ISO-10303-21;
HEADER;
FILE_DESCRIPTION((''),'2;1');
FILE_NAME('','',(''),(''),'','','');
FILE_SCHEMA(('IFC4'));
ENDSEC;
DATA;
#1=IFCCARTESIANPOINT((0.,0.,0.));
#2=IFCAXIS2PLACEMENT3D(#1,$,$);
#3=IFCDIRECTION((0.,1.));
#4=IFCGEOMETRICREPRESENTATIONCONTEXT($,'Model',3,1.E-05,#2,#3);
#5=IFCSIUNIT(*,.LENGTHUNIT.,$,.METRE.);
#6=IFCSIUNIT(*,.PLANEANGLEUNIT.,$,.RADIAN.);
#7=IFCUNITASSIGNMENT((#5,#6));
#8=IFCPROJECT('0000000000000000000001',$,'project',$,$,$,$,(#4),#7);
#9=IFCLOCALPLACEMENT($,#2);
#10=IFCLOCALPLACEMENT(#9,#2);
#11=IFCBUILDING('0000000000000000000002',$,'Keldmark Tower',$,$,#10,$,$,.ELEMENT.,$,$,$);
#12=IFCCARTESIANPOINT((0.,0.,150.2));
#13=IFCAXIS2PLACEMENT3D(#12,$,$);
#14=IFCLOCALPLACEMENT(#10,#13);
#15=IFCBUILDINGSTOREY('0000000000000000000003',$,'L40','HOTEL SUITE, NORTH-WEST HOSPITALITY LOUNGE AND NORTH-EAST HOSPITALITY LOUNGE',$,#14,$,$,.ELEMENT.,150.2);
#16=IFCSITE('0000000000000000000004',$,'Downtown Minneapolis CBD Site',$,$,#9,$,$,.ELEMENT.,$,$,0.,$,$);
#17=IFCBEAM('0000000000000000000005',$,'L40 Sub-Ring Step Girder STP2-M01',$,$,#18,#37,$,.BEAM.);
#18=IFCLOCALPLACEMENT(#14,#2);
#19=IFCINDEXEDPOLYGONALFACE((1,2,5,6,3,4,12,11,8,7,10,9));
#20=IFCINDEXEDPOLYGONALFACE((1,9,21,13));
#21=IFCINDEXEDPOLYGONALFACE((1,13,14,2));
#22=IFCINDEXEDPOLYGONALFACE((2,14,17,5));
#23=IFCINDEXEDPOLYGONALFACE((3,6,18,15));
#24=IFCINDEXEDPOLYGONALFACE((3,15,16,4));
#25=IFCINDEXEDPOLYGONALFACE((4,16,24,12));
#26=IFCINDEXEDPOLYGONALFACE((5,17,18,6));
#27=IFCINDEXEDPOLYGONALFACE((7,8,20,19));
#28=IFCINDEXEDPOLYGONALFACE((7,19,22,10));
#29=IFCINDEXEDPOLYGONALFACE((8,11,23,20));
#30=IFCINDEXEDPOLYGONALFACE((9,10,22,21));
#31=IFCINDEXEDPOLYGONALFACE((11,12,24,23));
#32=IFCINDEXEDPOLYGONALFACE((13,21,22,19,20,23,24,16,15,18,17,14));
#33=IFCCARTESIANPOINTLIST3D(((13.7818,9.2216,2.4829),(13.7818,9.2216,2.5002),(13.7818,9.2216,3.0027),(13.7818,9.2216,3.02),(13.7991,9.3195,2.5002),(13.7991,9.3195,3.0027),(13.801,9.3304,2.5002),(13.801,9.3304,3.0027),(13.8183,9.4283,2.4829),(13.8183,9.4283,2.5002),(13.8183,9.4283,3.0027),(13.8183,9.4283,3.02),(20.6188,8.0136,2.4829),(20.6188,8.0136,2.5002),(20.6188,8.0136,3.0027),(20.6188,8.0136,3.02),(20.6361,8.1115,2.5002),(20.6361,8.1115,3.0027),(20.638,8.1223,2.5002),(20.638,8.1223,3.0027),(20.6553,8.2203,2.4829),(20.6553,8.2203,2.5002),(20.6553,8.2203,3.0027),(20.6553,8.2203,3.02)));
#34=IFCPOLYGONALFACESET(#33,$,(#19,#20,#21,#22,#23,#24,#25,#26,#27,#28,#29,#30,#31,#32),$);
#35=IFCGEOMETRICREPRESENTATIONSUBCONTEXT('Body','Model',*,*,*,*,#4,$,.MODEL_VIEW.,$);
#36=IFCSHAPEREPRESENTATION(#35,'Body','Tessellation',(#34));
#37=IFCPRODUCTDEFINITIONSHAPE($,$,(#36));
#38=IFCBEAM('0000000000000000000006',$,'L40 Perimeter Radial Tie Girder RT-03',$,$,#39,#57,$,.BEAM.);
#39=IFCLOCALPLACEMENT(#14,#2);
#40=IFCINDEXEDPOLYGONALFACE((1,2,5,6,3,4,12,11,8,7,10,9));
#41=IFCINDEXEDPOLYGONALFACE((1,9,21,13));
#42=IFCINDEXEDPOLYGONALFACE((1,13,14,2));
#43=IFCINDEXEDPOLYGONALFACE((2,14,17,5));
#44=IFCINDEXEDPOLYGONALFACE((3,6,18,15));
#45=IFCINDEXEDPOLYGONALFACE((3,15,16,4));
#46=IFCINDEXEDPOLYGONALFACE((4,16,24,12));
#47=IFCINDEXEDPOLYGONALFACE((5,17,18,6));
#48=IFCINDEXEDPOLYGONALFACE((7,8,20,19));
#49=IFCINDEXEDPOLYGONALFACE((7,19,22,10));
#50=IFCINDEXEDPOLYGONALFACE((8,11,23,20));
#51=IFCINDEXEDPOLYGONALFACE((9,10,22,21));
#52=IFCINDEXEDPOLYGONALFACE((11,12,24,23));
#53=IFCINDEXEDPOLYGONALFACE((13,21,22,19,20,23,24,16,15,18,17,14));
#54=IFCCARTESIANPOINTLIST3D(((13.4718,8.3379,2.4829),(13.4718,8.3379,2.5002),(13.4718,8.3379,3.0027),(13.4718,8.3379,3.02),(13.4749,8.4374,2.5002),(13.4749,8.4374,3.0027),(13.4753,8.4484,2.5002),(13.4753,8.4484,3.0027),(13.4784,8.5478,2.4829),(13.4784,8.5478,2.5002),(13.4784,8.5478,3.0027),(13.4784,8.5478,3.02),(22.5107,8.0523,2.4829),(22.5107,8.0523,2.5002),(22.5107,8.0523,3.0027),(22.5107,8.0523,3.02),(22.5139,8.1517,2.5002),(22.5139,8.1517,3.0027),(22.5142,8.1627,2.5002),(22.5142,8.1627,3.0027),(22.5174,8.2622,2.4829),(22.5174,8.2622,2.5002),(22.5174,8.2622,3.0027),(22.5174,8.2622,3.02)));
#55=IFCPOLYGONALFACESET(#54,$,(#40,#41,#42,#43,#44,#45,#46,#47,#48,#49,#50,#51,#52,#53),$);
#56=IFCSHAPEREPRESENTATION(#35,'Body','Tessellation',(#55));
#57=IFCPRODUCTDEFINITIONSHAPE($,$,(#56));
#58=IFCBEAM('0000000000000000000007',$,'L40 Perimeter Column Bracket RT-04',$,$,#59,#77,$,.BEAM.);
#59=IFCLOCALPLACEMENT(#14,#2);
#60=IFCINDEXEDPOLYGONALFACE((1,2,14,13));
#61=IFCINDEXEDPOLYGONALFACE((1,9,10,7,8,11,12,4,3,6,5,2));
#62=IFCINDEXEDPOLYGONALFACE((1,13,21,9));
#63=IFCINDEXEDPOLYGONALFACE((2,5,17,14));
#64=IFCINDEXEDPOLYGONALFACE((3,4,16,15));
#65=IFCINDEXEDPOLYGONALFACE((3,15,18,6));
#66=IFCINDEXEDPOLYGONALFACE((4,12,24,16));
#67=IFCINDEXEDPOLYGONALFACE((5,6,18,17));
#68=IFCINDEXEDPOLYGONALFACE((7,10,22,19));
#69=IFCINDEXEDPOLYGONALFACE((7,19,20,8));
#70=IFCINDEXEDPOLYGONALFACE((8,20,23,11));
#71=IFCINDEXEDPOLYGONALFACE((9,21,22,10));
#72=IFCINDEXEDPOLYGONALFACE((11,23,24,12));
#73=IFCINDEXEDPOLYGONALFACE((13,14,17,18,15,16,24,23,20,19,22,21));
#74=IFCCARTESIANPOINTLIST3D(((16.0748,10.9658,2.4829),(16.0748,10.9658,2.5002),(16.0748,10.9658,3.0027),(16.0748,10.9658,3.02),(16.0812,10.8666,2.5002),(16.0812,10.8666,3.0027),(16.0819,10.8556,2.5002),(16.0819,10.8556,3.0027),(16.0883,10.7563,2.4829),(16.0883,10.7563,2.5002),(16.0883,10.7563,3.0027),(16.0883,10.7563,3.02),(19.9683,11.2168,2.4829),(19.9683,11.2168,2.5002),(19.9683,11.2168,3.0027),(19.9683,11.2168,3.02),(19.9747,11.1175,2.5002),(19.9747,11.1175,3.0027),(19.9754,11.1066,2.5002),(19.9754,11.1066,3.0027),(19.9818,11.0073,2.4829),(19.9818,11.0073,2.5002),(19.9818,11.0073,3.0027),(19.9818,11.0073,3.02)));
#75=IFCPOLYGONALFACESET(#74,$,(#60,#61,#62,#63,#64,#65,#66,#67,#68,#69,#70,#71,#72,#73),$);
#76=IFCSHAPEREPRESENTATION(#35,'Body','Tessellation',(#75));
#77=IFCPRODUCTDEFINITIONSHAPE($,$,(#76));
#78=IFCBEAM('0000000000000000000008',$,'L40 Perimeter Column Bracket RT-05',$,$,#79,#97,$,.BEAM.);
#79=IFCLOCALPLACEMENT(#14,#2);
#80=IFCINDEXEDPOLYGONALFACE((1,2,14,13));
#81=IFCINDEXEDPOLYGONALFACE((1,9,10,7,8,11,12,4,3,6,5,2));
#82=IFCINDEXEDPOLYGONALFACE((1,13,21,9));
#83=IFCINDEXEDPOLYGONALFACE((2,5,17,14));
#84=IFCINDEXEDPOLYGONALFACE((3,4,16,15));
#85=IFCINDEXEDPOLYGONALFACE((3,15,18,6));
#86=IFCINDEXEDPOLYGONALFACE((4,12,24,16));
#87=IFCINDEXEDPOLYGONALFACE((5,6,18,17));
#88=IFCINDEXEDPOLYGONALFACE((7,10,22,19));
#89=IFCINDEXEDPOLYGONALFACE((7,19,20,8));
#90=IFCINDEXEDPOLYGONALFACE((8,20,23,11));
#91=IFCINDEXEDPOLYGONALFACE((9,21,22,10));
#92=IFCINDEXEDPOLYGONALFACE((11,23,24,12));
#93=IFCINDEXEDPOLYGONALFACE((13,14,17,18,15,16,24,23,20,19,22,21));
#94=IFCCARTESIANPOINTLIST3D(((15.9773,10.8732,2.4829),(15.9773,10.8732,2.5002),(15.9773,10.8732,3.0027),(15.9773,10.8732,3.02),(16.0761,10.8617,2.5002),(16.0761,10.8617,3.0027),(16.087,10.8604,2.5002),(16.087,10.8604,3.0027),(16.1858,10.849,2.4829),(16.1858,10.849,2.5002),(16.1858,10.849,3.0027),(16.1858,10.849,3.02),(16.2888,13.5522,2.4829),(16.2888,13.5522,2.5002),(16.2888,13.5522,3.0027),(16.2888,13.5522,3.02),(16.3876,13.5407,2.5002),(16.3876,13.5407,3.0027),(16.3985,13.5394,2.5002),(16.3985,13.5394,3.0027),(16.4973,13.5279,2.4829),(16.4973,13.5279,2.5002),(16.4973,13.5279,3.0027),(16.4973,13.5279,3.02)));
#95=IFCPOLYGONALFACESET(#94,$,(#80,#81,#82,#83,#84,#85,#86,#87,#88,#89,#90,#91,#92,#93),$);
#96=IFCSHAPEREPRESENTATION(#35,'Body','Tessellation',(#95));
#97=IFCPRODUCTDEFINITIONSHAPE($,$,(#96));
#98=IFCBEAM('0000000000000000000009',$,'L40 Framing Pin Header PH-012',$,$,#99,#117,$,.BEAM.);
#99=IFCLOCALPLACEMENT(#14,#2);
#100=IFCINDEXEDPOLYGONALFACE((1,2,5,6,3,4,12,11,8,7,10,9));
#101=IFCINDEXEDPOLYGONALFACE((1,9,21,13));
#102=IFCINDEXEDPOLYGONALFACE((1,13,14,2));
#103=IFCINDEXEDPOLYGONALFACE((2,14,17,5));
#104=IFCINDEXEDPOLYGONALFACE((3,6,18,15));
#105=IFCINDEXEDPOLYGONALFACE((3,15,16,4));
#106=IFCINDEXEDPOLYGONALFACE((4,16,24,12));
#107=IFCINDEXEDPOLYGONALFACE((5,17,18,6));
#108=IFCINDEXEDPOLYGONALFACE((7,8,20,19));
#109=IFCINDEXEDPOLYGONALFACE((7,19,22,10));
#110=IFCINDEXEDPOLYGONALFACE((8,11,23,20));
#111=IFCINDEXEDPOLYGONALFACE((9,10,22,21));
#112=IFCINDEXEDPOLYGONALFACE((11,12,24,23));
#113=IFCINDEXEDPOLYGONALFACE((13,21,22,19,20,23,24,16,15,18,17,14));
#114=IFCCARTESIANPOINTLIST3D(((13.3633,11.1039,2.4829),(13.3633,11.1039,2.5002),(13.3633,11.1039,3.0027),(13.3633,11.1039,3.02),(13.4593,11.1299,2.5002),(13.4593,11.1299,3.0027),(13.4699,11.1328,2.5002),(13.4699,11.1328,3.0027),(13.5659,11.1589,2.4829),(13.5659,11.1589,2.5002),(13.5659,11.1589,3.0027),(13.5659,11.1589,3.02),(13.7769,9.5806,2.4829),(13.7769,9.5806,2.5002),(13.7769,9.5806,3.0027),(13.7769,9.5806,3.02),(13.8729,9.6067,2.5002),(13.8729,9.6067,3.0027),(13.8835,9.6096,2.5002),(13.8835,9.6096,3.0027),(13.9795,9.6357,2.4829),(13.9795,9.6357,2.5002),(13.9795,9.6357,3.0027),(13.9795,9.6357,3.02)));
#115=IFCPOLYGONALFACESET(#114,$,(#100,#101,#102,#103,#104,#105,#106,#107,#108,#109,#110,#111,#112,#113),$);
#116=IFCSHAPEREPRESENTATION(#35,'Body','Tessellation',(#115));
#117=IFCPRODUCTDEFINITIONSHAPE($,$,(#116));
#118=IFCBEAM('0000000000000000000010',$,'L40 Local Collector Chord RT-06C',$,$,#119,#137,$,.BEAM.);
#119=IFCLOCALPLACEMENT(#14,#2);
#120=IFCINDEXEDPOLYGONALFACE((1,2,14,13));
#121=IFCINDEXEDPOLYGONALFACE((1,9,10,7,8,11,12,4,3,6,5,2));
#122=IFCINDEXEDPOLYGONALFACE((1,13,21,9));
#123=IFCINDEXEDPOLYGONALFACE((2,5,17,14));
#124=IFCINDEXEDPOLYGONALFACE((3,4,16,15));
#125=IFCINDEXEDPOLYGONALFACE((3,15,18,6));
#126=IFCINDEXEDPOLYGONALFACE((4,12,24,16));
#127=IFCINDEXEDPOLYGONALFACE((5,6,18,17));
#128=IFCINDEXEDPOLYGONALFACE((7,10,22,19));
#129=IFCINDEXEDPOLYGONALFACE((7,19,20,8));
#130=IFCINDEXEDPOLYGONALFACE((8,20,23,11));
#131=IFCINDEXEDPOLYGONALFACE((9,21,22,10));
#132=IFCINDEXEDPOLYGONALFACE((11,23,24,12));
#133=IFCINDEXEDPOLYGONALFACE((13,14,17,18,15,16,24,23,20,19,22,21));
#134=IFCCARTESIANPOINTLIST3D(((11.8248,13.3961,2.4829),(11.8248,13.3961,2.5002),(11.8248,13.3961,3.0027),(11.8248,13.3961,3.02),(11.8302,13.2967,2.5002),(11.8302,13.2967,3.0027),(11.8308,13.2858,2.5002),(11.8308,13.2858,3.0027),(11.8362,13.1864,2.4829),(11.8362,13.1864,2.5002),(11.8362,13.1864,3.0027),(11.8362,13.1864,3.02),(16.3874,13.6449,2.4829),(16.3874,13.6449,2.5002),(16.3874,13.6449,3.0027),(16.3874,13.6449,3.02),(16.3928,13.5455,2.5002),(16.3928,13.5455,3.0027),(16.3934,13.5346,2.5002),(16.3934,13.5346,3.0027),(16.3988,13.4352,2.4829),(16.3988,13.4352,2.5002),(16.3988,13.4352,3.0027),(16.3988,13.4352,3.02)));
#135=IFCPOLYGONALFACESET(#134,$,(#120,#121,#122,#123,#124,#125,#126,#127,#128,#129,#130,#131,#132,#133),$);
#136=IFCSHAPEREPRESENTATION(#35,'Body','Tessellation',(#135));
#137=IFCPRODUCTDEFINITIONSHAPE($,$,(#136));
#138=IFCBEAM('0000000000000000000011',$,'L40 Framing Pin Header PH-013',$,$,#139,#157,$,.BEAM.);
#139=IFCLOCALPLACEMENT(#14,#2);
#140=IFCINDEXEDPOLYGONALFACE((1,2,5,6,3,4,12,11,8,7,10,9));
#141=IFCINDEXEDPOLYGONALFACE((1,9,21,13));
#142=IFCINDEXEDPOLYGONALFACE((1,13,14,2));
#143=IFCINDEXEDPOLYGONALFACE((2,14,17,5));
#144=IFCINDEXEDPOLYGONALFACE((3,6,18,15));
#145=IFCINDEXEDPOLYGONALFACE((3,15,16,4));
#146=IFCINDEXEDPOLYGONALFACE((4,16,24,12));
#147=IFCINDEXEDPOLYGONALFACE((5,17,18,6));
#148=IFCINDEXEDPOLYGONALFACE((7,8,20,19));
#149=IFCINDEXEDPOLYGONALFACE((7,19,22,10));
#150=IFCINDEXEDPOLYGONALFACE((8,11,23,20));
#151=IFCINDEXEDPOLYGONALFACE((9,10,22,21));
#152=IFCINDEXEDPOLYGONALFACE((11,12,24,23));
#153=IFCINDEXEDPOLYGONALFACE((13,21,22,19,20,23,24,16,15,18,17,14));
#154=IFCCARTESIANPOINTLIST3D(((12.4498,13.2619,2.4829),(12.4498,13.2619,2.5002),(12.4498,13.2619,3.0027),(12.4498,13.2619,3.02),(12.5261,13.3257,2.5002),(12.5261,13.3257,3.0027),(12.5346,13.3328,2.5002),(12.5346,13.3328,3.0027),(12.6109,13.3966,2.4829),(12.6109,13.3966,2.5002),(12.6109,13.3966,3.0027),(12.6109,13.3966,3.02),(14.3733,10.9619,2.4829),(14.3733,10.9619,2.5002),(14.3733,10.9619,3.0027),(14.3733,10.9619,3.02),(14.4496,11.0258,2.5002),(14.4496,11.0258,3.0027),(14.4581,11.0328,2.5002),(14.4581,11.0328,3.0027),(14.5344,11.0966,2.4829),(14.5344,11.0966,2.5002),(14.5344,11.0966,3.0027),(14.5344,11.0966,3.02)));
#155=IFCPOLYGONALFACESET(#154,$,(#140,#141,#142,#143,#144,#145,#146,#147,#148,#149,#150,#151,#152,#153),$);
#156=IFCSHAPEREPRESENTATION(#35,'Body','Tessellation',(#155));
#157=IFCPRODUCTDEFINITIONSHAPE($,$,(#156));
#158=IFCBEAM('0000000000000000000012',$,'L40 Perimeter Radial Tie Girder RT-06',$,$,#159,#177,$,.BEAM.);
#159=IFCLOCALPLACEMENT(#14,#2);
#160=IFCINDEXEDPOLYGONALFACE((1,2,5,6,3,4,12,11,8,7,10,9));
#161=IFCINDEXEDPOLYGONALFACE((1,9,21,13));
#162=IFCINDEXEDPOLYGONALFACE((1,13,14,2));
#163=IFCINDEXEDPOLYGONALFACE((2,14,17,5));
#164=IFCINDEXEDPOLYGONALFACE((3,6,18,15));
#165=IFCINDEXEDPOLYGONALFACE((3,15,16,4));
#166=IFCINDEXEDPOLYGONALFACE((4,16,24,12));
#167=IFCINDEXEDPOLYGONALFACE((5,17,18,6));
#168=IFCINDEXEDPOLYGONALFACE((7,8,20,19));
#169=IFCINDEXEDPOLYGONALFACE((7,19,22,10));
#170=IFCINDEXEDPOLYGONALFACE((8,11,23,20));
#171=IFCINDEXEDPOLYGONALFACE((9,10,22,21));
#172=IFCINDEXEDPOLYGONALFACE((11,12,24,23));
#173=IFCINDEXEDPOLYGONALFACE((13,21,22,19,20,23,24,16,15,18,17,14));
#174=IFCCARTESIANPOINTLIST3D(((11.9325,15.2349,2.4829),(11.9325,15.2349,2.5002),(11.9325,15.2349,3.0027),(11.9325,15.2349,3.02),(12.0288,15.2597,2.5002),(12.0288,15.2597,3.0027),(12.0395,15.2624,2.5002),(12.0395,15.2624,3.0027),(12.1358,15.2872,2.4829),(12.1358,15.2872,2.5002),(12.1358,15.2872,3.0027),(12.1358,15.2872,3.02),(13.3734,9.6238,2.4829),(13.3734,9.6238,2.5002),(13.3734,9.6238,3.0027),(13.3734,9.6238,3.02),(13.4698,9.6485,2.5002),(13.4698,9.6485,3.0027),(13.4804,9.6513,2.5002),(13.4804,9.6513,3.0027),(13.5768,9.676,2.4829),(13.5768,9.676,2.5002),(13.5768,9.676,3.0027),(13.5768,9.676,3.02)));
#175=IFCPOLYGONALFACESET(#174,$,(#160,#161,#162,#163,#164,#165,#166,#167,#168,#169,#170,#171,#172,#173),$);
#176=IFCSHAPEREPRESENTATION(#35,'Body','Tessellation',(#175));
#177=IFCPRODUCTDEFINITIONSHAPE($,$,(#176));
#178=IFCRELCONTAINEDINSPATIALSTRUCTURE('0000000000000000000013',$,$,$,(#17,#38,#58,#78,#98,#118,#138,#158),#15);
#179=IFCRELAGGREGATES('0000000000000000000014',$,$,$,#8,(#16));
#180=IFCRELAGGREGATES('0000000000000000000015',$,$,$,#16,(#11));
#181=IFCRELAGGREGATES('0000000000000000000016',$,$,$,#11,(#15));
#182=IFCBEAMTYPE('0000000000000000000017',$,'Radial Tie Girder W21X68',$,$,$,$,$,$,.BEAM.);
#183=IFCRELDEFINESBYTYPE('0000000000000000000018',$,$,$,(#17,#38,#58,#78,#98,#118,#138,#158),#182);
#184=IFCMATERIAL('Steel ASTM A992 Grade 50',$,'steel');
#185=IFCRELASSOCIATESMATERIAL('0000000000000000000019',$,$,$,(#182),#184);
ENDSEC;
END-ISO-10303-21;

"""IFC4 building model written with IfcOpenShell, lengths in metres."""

from ifc_helpers import new_model, si_unit, direction, frame, origin, origin_2d, place, context, subcontext, project, spatial, i_section, extrude, material, material_profile, profile_set, type_object, element, save


model = new_model("IFC4")

# Units and contexts
model_context = context("Model", 3, precision=1e-05, world=origin(), true_north=direction((0.0, 1.0)))
body_context = subcontext(model_context, "Body", "Model", "MODEL_VIEW")
ifc_project = project(units=[si_unit("LENGTHUNIT", "METRE"), si_unit("PLANEANGLEUNIT", "RADIAN")], contexts=[model_context])

# Site, building, storey
site_placement = place(None, origin())
site = spatial("IfcSite", under=ifc_project, at=site_placement, Name="Downtown Minneapolis CBD Site", CompositionType="ELEMENT", RefElevation=0.0)
building_placement = place(site_placement, origin())
building = spatial("IfcBuilding", under=site, at=building_placement, Name="Keldmark Tower", CompositionType="ELEMENT")
storey_placement = place(building_placement, frame((0.0, 0.0, 150.2)))
storey = spatial("IfcBuildingStorey", under=building, at=storey_placement, Name="L40", Description="HOTEL SUITE, NORTH-WEST HOSPITALITY LOUNGE AND NORTH-EAST HOSPITALITY LOUNGE", CompositionType="ELEMENT", Elevation=150.2)

# Beams
ifc_material_1 = material(Name="Steel ASTM A992 Grade 50", Category="steel")
ifc_material_profile_1 = material_profile(ifc_material_1, i_section(OverallWidth=0.21, OverallDepth=0.5371, WebThickness=0.011, FlangeThickness=0.0173, at=origin_2d()), Name="W21X68")
ifc_profile_set_1 = profile_set([ifc_material_profile_1], Name="Steel ASTM A992 Grade 50")
beam_type_1 = type_object("IfcBeamType", Name="Radial Tie Girder W21X68", PredefinedType="BEAM", material=ifc_profile_set_1)
beam_1_placement = place(storey_placement, frame((13.8, 9.325, 2.7515), z_axis=(0.984747, -0.173994, 0.0), x_axis=(0.173994, 0.984747, 0.0)))
element("IfcBeam", 1, at=beam_1_placement, inside=storey, type_object=beam_type_1, Name="L40 Sub-Ring Step Girder STP2-M01", PredefinedType="BEAM", context=body_context, shape_type="SweptSolid", body=[
    extrude(i_section(OverallWidth=0.21, OverallDepth=0.5371, WebThickness=0.011, FlangeThickness=0.0173, at=origin_2d()), origin(), (0.0, 0.0, 1.0), 6.9429),
])
beam_2_placement = place(storey_placement, frame((13.4751, 8.4429, 2.7515), z_axis=(0.999501, -0.031585, 0.0), x_axis=(0.031585, 0.999501, 0.0)))
element("IfcBeam", 2, at=beam_2_placement, inside=storey, type_object=beam_type_1, Name="L40 Perimeter Radial Tie Girder RT-03", PredefinedType="BEAM", context=body_context, shape_type="SweptSolid", body=[
    extrude(i_section(OverallWidth=0.21, OverallDepth=0.5371, WebThickness=0.011, FlangeThickness=0.0173, at=origin_2d()), origin(), (0.0, 0.0, 1.0), 9.0435),
])
beam_3_placement = place(storey_placement, frame((16.0815, 10.8611, 2.7515), z_axis=(0.997929, 0.064326, 0.0), x_axis=(-0.064326, 0.997929, 0.0)))
element("IfcBeam", 3, at=beam_3_placement, inside=storey, type_object=beam_type_1, Name="L40 Perimeter Column Bracket RT-04", PredefinedType="BEAM", context=body_context, shape_type="SweptSolid", body=[
    extrude(i_section(OverallWidth=0.21, OverallDepth=0.5371, WebThickness=0.011, FlangeThickness=0.0173, at=origin_2d()), origin(), (0.0, 0.0, 1.0), 3.9016),
])
beam_4_placement = place(storey_placement, frame((16.0815, 10.8611, 2.7515), z_axis=(0.115507, 0.993307, 0.0), x_axis=(-0.993307, 0.115507, 0.0)))
element("IfcBeam", 4, at=beam_4_placement, inside=storey, type_object=beam_type_1, Name="L40 Perimeter Column Bracket RT-05", PredefinedType="BEAM", context=body_context, shape_type="SweptSolid", body=[
    extrude(i_section(OverallWidth=0.21, OverallDepth=0.5371, WebThickness=0.011, FlangeThickness=0.0173, at=origin_2d()), origin(), (0.0, 0.0, 1.0), 2.697),
])
beam_5_placement = place(storey_placement, frame((13.8782, 9.6082, 2.7515), z_axis=(-0.262031, 0.965059, 0.0), x_axis=(-0.965059, -0.262031, 0.0)))
element("IfcBeam", 5, at=beam_5_placement, inside=storey, type_object=beam_type_1, Name="L40 Framing Pin Header PH-012", PredefinedType="BEAM", context=body_context, shape_type="SweptSolid", body=[
    extrude(i_section(OverallWidth=0.21, OverallDepth=0.5371, WebThickness=0.011, FlangeThickness=0.0173, at=origin_2d()), origin(), (0.0, 0.0, 1.0), 1.5784),
])
beam_6_placement = place(storey_placement, frame((16.3931, 13.54, 2.7515), z_axis=(-0.998517, -0.054446, 0.0), x_axis=(0.054446, -0.998517, 0.0)))
element("IfcBeam", 6, at=beam_6_placement, inside=storey, type_object=beam_type_1, Name="L40 Local Collector Chord RT-06C", PredefinedType="BEAM", context=body_context, shape_type="SweptSolid", body=[
    extrude(i_section(OverallWidth=0.21, OverallDepth=0.5371, WebThickness=0.011, FlangeThickness=0.0173, at=origin_2d()), origin(), (0.0, 0.0, 1.0), 4.5693),
])
beam_7_placement = place(storey_placement, frame((14.4539, 11.0293, 2.7515), z_axis=(-0.641537, 0.767092, 0.0), x_axis=(-0.767092, -0.641537, 0.0)))
element("IfcBeam", 7, at=beam_7_placement, inside=storey, type_object=beam_type_1, Name="L40 Framing Pin Header PH-013", PredefinedType="BEAM", context=body_context, shape_type="SweptSolid", body=[
    extrude(i_section(OverallWidth=0.21, OverallDepth=0.5371, WebThickness=0.011, FlangeThickness=0.0173, at=origin_2d()), origin(), (0.0, 0.0, 1.0), 2.9983),
])
beam_8_placement = place(storey_placement, frame((13.4751, 9.6499, 2.7515), z_axis=(-0.248728, 0.968573, 0.0), x_axis=(-0.968573, -0.248728, 0.0)))
element("IfcBeam", 8, at=beam_8_placement, inside=storey, type_object=beam_type_1, Name="L40 Perimeter Radial Tie Girder RT-06", PredefinedType="BEAM", context=body_context, shape_type="SweptSolid", body=[
    extrude(i_section(OverallWidth=0.21, OverallDepth=0.5371, WebThickness=0.011, FlangeThickness=0.0173, at=origin_2d()), origin(), (0.0, 0.0, 1.0), 5.7932),
])

save(model, "model.ifc")
